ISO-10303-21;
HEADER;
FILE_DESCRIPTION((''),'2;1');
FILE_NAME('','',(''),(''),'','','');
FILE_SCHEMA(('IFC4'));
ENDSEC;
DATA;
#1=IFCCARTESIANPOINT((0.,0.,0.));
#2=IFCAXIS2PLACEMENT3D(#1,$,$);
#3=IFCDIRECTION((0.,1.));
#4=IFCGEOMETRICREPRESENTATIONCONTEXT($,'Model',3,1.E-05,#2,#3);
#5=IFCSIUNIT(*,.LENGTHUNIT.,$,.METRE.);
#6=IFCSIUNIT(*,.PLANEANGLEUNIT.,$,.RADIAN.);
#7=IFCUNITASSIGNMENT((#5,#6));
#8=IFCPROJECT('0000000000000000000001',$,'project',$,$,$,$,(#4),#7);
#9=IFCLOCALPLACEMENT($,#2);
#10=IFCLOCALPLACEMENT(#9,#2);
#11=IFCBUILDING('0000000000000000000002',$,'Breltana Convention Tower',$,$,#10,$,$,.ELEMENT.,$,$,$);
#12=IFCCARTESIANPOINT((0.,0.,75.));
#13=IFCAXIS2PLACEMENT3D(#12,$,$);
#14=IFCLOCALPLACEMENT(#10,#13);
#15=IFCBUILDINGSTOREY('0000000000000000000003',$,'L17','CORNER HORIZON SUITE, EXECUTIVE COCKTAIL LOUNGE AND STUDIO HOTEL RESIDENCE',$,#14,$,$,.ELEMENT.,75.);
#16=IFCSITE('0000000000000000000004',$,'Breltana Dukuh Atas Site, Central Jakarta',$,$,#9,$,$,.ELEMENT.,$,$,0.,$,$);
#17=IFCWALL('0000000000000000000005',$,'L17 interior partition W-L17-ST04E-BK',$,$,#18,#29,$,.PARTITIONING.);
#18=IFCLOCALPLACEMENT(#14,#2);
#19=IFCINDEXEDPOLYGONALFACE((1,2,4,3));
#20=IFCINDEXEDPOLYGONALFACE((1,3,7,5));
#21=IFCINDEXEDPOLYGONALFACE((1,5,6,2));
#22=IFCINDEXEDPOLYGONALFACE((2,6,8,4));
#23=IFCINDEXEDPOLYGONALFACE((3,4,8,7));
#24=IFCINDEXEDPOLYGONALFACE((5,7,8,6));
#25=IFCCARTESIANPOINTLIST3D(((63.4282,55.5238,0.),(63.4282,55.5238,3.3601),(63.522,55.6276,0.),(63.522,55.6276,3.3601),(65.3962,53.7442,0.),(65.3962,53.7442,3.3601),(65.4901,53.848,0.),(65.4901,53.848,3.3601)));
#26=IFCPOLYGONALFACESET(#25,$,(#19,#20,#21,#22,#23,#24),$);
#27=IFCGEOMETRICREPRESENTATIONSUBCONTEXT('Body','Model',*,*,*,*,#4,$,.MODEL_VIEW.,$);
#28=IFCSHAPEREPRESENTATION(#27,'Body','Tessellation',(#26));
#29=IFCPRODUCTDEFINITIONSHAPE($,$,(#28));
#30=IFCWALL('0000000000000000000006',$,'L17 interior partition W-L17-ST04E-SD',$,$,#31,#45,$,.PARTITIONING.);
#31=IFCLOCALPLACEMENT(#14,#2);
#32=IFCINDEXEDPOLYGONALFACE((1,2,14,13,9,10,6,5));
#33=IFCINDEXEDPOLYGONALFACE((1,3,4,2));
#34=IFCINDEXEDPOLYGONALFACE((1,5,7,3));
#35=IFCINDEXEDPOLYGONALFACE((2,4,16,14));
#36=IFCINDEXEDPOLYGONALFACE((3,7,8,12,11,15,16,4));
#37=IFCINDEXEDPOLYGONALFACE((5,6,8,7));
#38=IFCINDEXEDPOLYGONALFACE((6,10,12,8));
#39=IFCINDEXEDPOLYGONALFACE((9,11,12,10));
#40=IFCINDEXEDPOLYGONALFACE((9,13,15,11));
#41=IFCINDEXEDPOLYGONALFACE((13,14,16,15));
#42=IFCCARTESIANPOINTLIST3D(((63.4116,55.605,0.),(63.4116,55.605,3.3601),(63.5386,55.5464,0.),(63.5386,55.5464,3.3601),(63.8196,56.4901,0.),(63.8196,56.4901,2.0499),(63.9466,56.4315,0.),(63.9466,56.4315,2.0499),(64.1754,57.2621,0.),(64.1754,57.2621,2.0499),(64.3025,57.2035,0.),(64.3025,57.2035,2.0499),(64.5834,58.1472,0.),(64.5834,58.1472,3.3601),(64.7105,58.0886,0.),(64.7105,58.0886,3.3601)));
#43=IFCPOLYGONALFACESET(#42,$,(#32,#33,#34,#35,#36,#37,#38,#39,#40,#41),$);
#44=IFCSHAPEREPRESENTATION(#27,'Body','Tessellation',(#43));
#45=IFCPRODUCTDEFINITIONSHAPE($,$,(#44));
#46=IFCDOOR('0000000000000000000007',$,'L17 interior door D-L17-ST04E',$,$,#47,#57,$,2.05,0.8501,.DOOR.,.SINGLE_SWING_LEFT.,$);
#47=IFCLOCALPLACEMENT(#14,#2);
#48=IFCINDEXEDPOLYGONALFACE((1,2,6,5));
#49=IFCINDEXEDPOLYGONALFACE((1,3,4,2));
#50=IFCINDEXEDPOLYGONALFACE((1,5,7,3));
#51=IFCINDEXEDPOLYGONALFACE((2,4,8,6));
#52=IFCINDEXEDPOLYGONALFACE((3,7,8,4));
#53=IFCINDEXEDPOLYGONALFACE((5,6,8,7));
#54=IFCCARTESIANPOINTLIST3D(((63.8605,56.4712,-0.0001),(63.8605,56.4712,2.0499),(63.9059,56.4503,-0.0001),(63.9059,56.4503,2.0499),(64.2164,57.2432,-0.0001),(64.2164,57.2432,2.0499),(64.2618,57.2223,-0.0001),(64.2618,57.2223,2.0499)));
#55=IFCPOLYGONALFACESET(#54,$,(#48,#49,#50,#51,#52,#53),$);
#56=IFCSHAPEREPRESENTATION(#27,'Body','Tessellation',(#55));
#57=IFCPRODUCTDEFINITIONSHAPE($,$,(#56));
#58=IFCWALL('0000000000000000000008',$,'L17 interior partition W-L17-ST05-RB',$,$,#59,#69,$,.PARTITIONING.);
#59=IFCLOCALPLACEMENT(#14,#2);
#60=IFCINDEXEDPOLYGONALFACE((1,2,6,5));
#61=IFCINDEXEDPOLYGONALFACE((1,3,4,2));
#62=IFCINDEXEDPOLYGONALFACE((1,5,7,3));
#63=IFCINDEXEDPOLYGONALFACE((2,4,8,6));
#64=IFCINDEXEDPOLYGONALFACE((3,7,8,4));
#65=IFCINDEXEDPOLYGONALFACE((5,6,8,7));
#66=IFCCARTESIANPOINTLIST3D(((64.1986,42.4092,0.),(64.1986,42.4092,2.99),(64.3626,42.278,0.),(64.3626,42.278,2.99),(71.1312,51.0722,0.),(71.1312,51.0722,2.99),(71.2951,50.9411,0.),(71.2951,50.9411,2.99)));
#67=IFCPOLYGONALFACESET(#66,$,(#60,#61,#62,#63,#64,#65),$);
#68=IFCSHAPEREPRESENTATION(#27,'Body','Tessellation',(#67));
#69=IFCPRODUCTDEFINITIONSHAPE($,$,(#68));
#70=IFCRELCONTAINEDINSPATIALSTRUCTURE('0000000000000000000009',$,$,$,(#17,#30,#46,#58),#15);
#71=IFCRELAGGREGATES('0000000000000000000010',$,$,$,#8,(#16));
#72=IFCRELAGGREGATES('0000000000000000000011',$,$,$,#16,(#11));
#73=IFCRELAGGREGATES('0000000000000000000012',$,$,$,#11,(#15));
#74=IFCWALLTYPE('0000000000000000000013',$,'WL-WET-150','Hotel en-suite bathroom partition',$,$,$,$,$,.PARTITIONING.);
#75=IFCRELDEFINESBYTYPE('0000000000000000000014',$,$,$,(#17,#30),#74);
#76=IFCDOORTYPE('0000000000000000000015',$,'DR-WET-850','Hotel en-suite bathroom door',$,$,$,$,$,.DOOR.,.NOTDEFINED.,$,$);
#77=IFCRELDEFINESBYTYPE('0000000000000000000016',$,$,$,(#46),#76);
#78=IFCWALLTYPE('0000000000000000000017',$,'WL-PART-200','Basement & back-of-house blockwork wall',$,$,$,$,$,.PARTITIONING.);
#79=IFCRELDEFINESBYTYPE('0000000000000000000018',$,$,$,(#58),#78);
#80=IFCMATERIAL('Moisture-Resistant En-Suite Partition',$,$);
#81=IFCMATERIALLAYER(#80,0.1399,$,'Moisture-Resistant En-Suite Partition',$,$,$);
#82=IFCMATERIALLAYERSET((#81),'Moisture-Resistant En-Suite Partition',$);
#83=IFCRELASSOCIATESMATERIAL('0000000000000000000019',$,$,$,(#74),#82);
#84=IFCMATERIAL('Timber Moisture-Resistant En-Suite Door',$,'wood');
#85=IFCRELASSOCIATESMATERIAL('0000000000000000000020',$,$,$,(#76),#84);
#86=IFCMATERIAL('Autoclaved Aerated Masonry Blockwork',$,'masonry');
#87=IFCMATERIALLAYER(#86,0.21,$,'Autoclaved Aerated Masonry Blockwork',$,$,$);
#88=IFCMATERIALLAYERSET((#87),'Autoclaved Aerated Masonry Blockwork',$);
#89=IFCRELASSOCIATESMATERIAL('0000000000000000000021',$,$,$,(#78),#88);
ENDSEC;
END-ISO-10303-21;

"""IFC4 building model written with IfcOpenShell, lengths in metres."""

from ifc_helpers import new_model, si_unit, direction, frame, frame_2d, origin, place, context, subcontext, project, spatial, rectangle, extrude, source, transform, mapped, material, layer, layer_set, type_object, type_shapes, element, fill, save


model = new_model("IFC4")

# Units and contexts
model_context = context("Model", 3, precision=1e-05, world=origin(), true_north=direction((0.0, 1.0)))
body_context = subcontext(model_context, "Body", "Model", "MODEL_VIEW")
ifc_project = project(units=[si_unit("LENGTHUNIT", "METRE"), si_unit("PLANEANGLEUNIT", "RADIAN")], contexts=[model_context])

# Site, building, storey
site_placement = place(None, origin())
site = spatial("IfcSite", under=ifc_project, at=site_placement, Name="Breltana Dukuh Atas Site, Central Jakarta", CompositionType="ELEMENT", RefElevation=0.0)
building_placement = place(site_placement, origin())
building = spatial("IfcBuilding", under=site, at=building_placement, Name="Breltana Convention Tower", CompositionType="ELEMENT")
storey_placement = place(building_placement, frame((0.0, 0.0, 75.0)))
storey = spatial("IfcBuildingStorey", under=building, at=storey_placement, Name="L17", Description="CORNER HORIZON SUITE, EXECUTIVE COCKTAIL LOUNGE AND STUDIO HOTEL RESIDENCE", CompositionType="ELEMENT", Elevation=75.0)

# Wall
ifc_material_1 = material(Name="Moisture-Resistant En-Suite Partition")
ifc_layer_1 = layer(ifc_material_1, 0.1399, Name="Moisture-Resistant En-Suite Partition")
ifc_layer_set_1 = layer_set([ifc_layer_1], Name="Moisture-Resistant En-Suite Partition")
wall_type_1 = type_object("IfcWallType", Name="WL-WET-150", Description="Hotel en-suite bathroom partition", PredefinedType="PARTITIONING", material=ifc_layer_set_1)
shared_shape_1 = source(origin(), body_context, "Body", "SweptSolid", [
    extrude(rectangle(XDim=2.6533, YDim=0.1399, at=frame_2d((1.3267, 0.0))), origin(), (0.0, 0.0, 1.0), 3.3601),
])
wall_1_placement = place(storey_placement, frame((63.4751, 55.5757, 0.0), z_axis=(0.0, 0.0, 1.0), x_axis=(0.741732, -0.670696, 0.0)))
element("IfcWall", 1, at=wall_1_placement, inside=storey, type_object=wall_type_1, Name="L17 interior partition W-L17-ST04E-BK", PredefinedType="PARTITIONING", context=body_context, shape_type="MappedRepresentation", body=[
    mapped(shared_shape_1, transform((0.0, 0.0, 0.0), scale=1.0)),
])

# Wall, opening, door
shared_shape_2 = source(origin(), body_context, "Body", "SweptSolid", [
    extrude(rectangle(XDim=2.7993, YDim=0.1399, at=frame_2d((1.3997, 0.0))), origin(), (0.0, 0.0, 1.0), 3.3601),
])
wall_2_placement = place(storey_placement, frame((63.4751, 55.5757, 0.0), z_axis=(0.0, 0.0, 1.0), x_axis=(0.418627, 0.908158, 0.0)))
wall_2 = element("IfcWall", 2, at=wall_2_placement, inside=storey, type_object=wall_type_1, Name="L17 interior partition W-L17-ST04E-SD", PredefinedType="PARTITIONING", context=body_context, shape_type="MappedRepresentation", body=[
    mapped(shared_shape_2, transform((0.0, 0.0, 0.0), scale=1.0)),
])
opening_placement = place(wall_2_placement, frame((0.9746, 0.0, 0.0)))
opening = element("IfcOpeningElement", 3, at=opening_placement, cuts=wall_2, PredefinedType="OPENING", context=body_context, shape_type="SweptSolid", body=[
    extrude(rectangle(XDim=0.8501, YDim=2.05, at=frame_2d((0.425, 1.0249))), frame((0.0, 0.0801, 0.0), z_axis=(0.0, -1.0, 0.0), x_axis=(1.0, 0.0, 0.0)), (0.0, 0.0, 1.0), 0.1599),
])
ifc_material_2 = material(Name="Timber Moisture-Resistant En-Suite Door", Category="wood")
door_type = type_object("IfcDoorType", Name="DR-WET-850", Description="Hotel en-suite bathroom door", OperationType="NOTDEFINED", PredefinedType="DOOR", material=ifc_material_2)
shared_shape_3 = source(origin(), body_context, "Body", "SweptSolid", [
    extrude(rectangle(XDim=0.8501, YDim=2.05, at=frame_2d((0.425, 1.0249))), frame((0.0, 0.0249, 0.0), z_axis=(0.0, -1.0, 0.0), x_axis=(1.0, 0.0, 0.0)), (0.0, 0.0, 1.0), 0.05),
])
type_shapes(door_type, [shared_shape_3])
door_placement = place(opening_placement, origin())
door = element("IfcDoor", 4, at=door_placement, inside=storey, type_object=door_type, Name="L17 interior door D-L17-ST04E", OperationType="SINGLE_SWING_LEFT", OverallHeight=2.05, OverallWidth=0.8501, PredefinedType="DOOR", context=body_context, shape_type="MappedRepresentation", body=[
    mapped(shared_shape_3, transform((0.0, 0.0, 0.0), scale=1.0)),
])
fill(opening, door)

# Wall
ifc_material_3 = material(Name="Autoclaved Aerated Masonry Blockwork", Category="masonry")
ifc_layer_2 = layer(ifc_material_3, 0.21, Name="Autoclaved Aerated Masonry Blockwork")
ifc_layer_set_2 = layer_set([ifc_layer_2], Name="Autoclaved Aerated Masonry Blockwork")
wall_type_2 = type_object("IfcWallType", Name="WL-PART-200", Description="Basement & back-of-house blockwork wall", PredefinedType="PARTITIONING", material=ifc_layer_set_2)
shared_shape_4 = source(origin(), body_context, "Body", "SweptSolid", [
    extrude(rectangle(XDim=11.0955, YDim=0.21, at=frame_2d((5.5479, 0.0))), origin(), (0.0, 0.0, 1.0), 2.99),
])
wall_3_placement = place(storey_placement, frame((64.2805, 42.3435, 0.0), z_axis=(0.0, 0.0, 1.0), x_axis=(0.624813, 0.780774, 0.0)))
element("IfcWall", 5, at=wall_3_placement, inside=storey, type_object=wall_type_2, Name="L17 interior partition W-L17-ST05-RB", PredefinedType="PARTITIONING", context=body_context, shape_type="MappedRepresentation", body=[
    mapped(shared_shape_4, transform((0.0, 0.0, 0.0), scale=1.0)),
])

save(model, "model.ifc")
